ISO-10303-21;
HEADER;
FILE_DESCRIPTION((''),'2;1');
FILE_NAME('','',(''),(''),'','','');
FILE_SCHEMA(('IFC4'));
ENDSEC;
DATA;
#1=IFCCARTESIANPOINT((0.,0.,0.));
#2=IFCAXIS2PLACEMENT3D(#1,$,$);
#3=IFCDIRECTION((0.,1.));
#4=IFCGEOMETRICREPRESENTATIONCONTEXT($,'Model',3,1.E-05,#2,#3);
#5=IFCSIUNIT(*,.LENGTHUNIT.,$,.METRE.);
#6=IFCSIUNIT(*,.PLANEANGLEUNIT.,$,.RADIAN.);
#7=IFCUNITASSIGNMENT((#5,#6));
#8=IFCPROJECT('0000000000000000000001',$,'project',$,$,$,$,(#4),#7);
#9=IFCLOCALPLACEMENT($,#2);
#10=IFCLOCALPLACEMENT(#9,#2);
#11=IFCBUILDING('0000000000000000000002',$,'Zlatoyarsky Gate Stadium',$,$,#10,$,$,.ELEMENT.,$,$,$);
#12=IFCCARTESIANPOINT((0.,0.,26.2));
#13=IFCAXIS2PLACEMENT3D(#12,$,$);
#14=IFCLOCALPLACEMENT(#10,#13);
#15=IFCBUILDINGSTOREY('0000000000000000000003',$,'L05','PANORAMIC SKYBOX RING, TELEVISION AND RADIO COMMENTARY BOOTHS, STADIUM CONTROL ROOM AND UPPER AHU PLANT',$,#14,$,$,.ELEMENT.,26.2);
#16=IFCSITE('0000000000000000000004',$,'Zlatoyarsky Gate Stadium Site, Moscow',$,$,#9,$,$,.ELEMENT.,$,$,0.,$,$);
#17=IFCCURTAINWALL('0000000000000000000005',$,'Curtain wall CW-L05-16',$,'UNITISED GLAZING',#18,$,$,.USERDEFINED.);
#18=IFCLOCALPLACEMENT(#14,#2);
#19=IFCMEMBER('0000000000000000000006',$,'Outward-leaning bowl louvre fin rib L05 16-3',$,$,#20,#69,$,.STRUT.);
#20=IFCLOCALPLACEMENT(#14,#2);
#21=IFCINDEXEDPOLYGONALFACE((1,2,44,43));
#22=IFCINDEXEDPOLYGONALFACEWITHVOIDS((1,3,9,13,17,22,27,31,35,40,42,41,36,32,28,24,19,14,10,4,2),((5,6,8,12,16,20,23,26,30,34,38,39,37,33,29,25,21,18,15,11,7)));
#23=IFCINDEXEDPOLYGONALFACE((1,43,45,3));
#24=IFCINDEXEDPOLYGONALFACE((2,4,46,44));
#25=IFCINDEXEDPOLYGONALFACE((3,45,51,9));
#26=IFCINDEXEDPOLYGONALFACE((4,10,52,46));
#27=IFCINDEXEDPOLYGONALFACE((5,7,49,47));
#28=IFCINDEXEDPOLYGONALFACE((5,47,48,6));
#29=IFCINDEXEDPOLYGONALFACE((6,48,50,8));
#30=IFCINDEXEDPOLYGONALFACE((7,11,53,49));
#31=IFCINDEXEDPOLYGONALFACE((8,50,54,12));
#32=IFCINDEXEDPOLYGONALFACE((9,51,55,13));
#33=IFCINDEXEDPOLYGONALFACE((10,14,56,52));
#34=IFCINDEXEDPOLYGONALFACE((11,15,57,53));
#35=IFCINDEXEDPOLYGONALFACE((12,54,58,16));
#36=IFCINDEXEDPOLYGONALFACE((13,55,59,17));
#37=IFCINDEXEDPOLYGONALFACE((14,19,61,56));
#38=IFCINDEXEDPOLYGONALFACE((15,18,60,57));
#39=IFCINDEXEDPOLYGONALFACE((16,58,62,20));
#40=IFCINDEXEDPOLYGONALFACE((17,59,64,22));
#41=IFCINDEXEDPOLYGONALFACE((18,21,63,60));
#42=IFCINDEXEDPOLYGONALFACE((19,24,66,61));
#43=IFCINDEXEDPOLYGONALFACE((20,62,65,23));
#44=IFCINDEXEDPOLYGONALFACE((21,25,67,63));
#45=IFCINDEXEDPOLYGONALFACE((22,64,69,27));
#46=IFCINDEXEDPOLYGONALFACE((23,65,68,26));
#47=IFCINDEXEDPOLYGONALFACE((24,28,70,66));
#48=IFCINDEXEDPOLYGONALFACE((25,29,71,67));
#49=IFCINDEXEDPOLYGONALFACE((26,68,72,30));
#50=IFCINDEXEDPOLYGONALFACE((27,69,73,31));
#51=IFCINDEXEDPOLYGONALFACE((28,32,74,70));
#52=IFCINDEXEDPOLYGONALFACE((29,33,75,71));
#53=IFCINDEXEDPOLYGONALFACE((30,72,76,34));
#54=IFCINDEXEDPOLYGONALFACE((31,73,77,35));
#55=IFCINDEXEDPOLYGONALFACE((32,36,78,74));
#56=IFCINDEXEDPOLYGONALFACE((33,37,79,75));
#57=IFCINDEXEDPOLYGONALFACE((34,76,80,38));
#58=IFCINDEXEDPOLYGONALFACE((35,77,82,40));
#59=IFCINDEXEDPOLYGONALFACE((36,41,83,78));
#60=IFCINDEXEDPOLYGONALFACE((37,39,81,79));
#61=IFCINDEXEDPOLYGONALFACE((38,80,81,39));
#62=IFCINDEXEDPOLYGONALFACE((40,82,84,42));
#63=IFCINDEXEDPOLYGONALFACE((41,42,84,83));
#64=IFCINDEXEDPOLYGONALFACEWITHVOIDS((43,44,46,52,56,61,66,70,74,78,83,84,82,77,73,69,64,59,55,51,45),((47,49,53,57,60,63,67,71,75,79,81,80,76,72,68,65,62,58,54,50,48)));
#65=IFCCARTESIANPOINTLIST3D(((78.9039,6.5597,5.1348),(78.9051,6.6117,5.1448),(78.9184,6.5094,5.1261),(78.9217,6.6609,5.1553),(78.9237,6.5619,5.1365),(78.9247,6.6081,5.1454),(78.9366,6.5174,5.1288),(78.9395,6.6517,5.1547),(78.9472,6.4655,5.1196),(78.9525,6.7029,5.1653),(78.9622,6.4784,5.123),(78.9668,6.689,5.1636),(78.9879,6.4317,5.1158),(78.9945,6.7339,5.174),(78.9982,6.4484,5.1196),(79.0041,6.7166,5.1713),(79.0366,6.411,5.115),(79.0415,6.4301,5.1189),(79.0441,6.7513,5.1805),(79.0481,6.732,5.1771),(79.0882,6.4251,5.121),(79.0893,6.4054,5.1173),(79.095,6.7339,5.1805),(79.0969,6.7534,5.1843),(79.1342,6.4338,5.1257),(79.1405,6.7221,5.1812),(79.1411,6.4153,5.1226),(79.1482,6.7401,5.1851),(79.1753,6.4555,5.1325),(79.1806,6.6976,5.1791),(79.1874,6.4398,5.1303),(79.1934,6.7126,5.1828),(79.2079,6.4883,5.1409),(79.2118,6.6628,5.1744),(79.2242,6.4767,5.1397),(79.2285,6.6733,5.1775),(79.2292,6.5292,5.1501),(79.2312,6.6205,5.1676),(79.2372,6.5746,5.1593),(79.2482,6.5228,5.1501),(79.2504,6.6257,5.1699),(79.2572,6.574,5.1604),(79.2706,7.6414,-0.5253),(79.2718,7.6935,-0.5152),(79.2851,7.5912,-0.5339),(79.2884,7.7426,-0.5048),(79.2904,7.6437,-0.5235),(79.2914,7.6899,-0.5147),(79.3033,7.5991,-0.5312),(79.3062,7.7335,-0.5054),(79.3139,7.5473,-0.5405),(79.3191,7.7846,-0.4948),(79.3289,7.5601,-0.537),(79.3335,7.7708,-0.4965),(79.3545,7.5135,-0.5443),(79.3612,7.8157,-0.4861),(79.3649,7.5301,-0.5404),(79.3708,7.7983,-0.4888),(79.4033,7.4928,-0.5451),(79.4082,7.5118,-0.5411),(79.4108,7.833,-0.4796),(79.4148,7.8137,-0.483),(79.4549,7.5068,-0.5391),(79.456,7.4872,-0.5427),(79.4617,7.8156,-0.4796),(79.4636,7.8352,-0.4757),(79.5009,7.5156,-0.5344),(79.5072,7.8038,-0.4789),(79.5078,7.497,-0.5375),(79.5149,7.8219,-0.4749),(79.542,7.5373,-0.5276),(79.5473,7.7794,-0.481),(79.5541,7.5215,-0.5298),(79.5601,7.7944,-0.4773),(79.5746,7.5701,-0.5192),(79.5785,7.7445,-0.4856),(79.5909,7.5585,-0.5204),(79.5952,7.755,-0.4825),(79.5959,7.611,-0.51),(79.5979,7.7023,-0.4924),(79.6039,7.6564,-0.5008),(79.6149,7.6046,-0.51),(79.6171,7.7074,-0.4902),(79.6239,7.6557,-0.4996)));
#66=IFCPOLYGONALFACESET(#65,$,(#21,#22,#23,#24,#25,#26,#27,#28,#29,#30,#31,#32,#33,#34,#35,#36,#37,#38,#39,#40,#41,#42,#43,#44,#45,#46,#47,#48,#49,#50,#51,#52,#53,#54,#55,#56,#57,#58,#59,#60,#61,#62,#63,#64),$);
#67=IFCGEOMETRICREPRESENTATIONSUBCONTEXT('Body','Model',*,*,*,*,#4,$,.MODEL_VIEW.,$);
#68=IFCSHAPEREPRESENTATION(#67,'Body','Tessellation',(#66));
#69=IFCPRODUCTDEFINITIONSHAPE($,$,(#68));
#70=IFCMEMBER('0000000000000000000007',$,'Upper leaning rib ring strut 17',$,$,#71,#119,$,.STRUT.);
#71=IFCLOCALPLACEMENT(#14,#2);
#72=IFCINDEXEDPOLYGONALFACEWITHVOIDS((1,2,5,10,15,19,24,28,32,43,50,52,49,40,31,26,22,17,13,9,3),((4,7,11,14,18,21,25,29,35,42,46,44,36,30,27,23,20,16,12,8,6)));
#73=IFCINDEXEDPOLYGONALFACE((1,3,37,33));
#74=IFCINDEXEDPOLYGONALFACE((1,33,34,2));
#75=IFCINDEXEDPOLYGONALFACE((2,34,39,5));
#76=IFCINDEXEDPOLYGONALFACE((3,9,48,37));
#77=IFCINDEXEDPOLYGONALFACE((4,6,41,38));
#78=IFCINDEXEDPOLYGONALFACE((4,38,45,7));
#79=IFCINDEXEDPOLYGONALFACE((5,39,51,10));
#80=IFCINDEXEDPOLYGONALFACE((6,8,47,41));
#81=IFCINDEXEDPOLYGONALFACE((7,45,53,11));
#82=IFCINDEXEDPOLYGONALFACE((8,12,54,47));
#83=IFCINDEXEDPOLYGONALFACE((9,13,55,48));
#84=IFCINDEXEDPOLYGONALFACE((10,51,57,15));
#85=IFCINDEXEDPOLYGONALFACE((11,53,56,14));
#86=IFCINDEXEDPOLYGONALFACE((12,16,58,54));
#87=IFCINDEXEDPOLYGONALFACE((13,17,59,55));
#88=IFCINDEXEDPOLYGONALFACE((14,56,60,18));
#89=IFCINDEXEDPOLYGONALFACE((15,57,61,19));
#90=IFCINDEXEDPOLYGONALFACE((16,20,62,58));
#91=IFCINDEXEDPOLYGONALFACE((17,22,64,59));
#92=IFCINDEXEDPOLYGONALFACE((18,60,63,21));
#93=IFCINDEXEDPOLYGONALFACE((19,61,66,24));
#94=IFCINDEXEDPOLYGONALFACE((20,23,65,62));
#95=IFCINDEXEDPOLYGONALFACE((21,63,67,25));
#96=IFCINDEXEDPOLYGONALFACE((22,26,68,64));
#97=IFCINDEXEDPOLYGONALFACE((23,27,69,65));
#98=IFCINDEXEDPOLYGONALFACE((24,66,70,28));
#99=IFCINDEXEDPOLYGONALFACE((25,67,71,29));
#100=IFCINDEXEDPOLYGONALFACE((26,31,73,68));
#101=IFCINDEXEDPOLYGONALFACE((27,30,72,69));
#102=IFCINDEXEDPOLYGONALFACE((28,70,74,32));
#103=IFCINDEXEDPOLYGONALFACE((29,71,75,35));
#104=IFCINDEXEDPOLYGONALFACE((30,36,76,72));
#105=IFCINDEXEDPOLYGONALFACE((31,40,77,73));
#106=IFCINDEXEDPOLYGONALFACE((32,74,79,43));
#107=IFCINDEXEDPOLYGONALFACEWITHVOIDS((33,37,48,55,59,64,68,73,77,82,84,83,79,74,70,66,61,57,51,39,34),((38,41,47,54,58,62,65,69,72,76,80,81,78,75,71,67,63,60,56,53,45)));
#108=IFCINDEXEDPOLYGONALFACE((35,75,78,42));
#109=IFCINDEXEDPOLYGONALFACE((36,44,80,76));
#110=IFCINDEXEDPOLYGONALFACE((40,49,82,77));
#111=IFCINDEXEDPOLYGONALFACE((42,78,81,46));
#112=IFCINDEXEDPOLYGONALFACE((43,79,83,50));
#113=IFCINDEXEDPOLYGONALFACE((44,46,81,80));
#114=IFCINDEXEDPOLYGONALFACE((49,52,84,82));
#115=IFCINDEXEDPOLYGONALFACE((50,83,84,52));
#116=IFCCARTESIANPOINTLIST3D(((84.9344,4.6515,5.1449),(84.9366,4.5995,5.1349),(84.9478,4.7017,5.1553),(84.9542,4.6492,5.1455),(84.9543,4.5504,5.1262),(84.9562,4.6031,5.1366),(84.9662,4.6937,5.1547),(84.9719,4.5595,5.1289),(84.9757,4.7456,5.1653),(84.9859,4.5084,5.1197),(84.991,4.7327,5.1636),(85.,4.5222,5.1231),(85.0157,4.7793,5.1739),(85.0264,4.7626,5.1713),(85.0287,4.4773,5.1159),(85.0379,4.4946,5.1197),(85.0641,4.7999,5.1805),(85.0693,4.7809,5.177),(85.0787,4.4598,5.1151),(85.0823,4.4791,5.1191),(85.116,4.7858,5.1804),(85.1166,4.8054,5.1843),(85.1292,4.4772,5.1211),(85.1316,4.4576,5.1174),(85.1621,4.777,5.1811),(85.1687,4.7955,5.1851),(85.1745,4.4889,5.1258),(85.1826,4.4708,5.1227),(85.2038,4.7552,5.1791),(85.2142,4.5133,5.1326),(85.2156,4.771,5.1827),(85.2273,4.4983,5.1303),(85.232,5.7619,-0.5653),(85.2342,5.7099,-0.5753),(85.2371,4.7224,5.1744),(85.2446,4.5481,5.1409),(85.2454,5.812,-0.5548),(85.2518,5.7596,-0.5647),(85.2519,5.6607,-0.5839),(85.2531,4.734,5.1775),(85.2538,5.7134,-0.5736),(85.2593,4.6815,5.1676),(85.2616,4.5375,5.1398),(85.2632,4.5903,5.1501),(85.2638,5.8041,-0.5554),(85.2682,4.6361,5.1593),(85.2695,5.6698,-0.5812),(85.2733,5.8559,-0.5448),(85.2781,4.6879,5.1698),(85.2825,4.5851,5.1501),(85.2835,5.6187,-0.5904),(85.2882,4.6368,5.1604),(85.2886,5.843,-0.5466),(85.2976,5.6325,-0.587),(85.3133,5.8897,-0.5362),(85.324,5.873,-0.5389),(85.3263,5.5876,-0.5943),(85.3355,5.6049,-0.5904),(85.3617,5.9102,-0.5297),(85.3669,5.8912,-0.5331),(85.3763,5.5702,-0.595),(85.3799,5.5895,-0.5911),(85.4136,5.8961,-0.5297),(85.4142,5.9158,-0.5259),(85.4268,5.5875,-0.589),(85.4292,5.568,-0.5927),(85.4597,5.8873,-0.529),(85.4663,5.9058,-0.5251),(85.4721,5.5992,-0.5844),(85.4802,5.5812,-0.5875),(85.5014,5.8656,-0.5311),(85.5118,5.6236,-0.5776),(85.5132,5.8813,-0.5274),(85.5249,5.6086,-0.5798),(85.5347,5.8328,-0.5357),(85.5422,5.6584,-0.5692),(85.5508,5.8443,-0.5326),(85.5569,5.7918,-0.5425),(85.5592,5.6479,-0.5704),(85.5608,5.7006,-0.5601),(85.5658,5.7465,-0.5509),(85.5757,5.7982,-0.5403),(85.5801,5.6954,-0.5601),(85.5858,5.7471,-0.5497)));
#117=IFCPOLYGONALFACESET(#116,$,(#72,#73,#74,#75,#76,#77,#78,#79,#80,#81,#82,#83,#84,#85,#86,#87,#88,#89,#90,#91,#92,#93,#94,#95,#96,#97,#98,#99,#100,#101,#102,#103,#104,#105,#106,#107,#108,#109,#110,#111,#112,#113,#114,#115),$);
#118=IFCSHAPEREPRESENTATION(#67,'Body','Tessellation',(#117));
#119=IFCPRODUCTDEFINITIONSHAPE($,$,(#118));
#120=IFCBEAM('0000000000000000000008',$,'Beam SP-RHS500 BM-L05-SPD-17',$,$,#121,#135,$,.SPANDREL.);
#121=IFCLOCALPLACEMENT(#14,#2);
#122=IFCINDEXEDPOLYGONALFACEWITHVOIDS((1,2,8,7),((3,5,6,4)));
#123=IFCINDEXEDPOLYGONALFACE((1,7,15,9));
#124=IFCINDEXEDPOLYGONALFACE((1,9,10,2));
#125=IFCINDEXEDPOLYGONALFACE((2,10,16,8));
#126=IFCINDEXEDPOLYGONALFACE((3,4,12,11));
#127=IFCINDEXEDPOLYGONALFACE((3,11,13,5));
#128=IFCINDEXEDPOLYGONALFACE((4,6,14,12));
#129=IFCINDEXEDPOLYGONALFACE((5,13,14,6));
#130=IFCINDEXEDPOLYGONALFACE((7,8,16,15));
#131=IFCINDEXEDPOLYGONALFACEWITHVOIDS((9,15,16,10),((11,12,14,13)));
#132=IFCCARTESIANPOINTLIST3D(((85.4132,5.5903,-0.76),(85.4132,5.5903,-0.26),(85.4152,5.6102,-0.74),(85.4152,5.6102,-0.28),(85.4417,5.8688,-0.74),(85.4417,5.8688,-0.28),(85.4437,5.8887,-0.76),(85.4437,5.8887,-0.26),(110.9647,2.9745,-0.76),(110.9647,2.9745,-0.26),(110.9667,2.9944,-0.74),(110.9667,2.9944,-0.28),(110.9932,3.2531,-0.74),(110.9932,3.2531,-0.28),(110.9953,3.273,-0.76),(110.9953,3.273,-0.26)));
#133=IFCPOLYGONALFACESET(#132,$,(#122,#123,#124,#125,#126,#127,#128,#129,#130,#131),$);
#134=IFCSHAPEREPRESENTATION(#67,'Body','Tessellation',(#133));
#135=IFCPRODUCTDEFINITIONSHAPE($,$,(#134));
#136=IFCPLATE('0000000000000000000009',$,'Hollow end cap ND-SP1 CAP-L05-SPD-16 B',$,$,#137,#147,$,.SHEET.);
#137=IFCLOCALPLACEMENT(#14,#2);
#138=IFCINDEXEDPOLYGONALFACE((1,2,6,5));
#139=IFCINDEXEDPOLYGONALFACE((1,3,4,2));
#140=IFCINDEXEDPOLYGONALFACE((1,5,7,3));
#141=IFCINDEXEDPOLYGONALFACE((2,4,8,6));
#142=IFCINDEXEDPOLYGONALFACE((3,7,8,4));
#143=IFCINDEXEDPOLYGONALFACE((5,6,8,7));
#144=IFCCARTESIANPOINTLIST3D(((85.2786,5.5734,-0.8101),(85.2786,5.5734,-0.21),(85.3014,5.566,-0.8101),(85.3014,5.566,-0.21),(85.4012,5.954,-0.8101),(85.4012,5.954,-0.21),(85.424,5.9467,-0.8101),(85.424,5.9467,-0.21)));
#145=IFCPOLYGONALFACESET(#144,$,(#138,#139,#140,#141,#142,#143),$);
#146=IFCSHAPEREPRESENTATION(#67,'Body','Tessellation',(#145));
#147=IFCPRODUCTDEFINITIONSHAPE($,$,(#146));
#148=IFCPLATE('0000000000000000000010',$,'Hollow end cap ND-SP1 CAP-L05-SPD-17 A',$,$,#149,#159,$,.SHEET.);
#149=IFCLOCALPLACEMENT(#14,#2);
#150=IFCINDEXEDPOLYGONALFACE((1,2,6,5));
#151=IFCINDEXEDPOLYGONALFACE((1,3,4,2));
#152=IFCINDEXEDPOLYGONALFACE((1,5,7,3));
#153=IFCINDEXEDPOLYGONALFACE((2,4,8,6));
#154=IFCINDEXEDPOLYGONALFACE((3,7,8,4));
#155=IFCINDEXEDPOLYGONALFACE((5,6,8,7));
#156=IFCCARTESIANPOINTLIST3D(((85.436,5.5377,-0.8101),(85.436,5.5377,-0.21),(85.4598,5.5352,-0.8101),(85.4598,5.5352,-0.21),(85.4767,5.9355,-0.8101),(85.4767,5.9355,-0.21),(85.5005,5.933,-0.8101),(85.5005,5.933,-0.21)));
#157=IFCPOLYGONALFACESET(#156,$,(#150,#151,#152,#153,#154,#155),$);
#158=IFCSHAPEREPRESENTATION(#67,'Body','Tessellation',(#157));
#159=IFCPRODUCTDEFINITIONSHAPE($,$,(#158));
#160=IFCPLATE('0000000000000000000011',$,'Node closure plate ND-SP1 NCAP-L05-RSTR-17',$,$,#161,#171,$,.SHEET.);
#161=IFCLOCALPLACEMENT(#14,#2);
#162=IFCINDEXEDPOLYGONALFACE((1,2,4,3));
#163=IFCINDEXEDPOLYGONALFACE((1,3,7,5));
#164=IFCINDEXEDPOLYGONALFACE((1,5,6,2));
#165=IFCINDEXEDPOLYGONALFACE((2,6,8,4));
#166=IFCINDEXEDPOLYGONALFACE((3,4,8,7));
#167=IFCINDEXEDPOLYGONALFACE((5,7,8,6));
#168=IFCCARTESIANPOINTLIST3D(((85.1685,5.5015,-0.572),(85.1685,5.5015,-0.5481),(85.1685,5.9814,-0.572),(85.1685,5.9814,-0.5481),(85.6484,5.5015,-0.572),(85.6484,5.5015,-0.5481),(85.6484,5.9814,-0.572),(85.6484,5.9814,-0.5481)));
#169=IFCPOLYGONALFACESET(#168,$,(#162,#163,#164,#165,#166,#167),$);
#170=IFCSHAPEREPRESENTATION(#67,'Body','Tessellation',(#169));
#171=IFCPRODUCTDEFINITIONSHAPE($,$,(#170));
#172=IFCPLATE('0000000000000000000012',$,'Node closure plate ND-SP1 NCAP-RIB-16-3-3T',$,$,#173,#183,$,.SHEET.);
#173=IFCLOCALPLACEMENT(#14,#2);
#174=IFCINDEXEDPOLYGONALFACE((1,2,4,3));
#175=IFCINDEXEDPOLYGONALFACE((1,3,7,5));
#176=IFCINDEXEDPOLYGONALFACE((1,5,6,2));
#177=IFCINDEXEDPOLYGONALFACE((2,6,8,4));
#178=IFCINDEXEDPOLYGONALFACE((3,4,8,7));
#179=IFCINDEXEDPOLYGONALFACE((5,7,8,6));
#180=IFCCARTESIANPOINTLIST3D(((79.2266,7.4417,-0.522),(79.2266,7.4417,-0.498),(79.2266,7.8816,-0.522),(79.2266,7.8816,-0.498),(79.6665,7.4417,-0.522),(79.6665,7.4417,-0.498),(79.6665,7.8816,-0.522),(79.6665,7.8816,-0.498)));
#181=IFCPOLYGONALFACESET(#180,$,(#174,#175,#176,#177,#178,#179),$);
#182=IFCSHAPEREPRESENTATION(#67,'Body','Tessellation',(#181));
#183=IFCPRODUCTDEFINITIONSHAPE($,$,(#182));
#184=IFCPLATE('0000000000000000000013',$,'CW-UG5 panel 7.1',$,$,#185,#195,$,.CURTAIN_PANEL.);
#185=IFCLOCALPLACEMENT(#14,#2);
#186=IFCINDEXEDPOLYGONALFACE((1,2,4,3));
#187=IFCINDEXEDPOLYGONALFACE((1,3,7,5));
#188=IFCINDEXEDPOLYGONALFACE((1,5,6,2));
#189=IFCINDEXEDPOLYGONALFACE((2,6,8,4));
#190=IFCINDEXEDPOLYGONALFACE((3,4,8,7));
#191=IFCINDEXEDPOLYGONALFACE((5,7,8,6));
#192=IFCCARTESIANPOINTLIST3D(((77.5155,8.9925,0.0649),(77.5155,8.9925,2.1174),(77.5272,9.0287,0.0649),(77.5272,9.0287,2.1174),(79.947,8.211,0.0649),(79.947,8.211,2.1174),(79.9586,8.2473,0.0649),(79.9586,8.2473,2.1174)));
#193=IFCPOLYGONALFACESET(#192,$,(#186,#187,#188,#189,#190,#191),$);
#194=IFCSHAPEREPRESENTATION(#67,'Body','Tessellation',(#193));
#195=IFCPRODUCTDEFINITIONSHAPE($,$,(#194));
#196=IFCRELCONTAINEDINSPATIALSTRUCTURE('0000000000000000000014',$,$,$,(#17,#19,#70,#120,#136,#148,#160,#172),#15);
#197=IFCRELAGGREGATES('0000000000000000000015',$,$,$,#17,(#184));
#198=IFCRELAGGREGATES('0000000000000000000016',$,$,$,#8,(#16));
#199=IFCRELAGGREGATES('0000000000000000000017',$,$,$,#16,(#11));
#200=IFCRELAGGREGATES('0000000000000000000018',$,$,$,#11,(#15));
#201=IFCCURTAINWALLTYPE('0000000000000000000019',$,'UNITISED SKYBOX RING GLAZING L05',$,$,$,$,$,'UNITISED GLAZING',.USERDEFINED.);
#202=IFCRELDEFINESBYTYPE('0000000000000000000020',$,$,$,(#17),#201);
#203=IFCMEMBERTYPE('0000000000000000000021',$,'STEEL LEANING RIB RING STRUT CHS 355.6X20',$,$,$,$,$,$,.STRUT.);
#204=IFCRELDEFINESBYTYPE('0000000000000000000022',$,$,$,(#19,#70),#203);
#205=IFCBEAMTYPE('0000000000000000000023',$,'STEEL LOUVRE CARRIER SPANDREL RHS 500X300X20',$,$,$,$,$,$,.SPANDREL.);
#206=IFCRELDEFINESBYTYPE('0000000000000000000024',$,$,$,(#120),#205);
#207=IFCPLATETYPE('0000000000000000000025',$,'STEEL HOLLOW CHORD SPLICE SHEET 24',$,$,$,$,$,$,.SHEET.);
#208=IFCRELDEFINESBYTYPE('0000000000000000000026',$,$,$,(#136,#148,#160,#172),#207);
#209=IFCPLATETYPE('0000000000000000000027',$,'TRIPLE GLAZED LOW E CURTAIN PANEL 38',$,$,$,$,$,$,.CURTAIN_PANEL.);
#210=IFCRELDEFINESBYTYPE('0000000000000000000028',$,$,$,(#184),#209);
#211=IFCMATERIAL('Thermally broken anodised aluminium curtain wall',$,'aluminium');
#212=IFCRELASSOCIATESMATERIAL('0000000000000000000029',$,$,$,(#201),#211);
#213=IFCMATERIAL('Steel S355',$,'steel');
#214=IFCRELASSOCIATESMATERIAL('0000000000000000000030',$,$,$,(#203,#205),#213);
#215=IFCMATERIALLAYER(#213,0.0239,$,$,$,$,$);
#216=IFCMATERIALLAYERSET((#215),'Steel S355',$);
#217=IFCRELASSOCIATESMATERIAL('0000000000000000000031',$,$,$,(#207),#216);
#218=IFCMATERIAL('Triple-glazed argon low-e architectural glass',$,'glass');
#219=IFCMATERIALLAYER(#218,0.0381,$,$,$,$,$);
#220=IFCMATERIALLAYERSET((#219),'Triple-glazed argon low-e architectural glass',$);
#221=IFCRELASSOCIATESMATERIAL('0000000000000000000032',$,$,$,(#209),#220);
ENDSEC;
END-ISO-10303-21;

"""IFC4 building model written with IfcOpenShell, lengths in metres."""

from ifc_helpers import new_model, si_unit, direction, frame, origin, origin_2d, place, context, subcontext, project, spatial, rectangle, hollow_rectangle, hollow_circle, extrude, material, layer, layer_set, material_profile, profile_set, type_object, element, aggregate, save


model = new_model("IFC4")

# Units and contexts
model_context = context("Model", 3, precision=1e-05, world=origin(), true_north=direction((0.0, 1.0)))
body_context = subcontext(model_context, "Body", "Model", "MODEL_VIEW")
ifc_project = project(units=[si_unit("LENGTHUNIT", "METRE"), si_unit("PLANEANGLEUNIT", "RADIAN")], contexts=[model_context])

# Site, building, storey
site_placement = place(None, origin())
site = spatial("IfcSite", under=ifc_project, at=site_placement, Name="Zlatoyarsky Gate Stadium Site, Moscow", CompositionType="ELEMENT", RefElevation=0.0)
building_placement = place(site_placement, origin())
building = spatial("IfcBuilding", under=site, at=building_placement, Name="Zlatoyarsky Gate Stadium", CompositionType="ELEMENT")
storey_placement = place(building_placement, frame((0.0, 0.0, 26.2)))
storey = spatial("IfcBuildingStorey", under=building, at=storey_placement, Name="L05", Description="PANORAMIC SKYBOX RING, TELEVISION AND RADIO COMMENTARY BOOTHS, STADIUM CONTROL ROOM AND UPPER AHU PLANT", CompositionType="ELEMENT", Elevation=26.2)

# Curtain wall
ifc_material_1 = material(Name="Thermally broken anodised aluminium curtain wall", Category="aluminium")
curtain_wall_type = type_object("IfcCurtainWallType", Name="UNITISED SKYBOX RING GLAZING L05", ElementType="UNITISED GLAZING", PredefinedType="USERDEFINED", material=ifc_material_1)
curtain_wall_1_placement = place(storey_placement, origin())
curtain_wall_1 = element("IfcCurtainWall", 1, at=curtain_wall_1_placement, inside=storey, type_object=curtain_wall_type, Name="Curtain wall CW-L05-16", ObjectType="UNITISED GLAZING", PredefinedType="USERDEFINED")

# Members
ifc_material_2 = material(Name="Steel S355", Category="steel")
ifc_material_profile_1 = material_profile(ifc_material_2, hollow_circle(Radius=0.1777, WallThickness=0.02, at=origin_2d()), Name="CHS 355.6X20")
ifc_profile_set_1 = profile_set([ifc_material_profile_1], Name="Steel S355")
member_type_1 = type_object("IfcMemberType", Name="STEEL LEANING RIB RING STRUT CHS 355.6X20", PredefinedType="STRUT", material=ifc_profile_set_1)
member_1_placement = place(storey_placement, frame((79.4465, 7.6616, -0.51), z_axis=(-0.063506, -0.187346, 0.980239), x_axis=(0.947068, -0.321033, 0.0)))
element("IfcMember", 2, at=member_1_placement, inside=storey, type_object=member_type_1, Name="Outward-leaning bowl louvre fin rib L05 16-3", PredefinedType="STRUT", context=body_context, shape_type="SweptSolid", body=[
    extrude(hollow_circle(Radius=0.1777, WallThickness=0.02, at=origin_2d()), origin(), (0.0, 0.0, 1.0), 5.7742),
])
member_2_placement = place(storey_placement, frame((85.4084, 5.7415, -0.5601), z_axis=(-0.051093, -0.190626, 0.980332), x_axis=(0.965906, -0.258892, 0.0)))
element("IfcMember", 3, at=member_2_placement, inside=storey, type_object=member_type_1, Name="Upper leaning rib ring strut 17", PredefinedType="STRUT", context=body_context, shape_type="SweptSolid", body=[
    extrude(hollow_circle(Radius=0.1777, WallThickness=0.02, at=origin_2d()), origin(), (0.0, 0.0, 1.0), 5.8247),
])

# Beam
ifc_material_profile_2 = material_profile(ifc_material_2, hollow_rectangle(XDim=0.3, YDim=0.5, WallThickness=0.02, at=origin_2d()), Name="RHS 500X300X20")
ifc_profile_set_2 = profile_set([ifc_material_profile_2], Name="Steel S355")
beam_type = type_object("IfcBeamType", Name="STEEL LOUVRE CARRIER SPANDREL RHS 500X300X20", PredefinedType="SPANDREL", material=ifc_profile_set_2)
beam_placement = place(storey_placement, frame((85.4285, 5.7395, -0.51), z_axis=(0.994801, -0.101838, 0.0), x_axis=(0.101838, 0.994801, 0.0)))
element("IfcBeam", 4, at=beam_placement, inside=storey, type_object=beam_type, Name="Beam SP-RHS500 BM-L05-SPD-17", PredefinedType="SPANDREL", context=body_context, shape_type="SweptSolid", body=[
    extrude(hollow_rectangle(XDim=0.3, YDim=0.5, WallThickness=0.02, at=origin_2d()), origin(), (0.0, 0.0, 1.0), 25.6851),
])

# Plates
ifc_layer_1 = layer(ifc_material_2, 0.0239)
ifc_layer_set_1 = layer_set([ifc_layer_1], Name="Steel S355")
plate_type_1 = type_object("IfcPlateType", Name="STEEL HOLLOW CHORD SPLICE SHEET 24", PredefinedType="SHEET", material=ifc_layer_set_1)
for number, where, z_axis, x_axis, name in (
    (5, (85.3513, 5.76, -0.8101), (0.0, 0.0, 1.0), (0.951856, -0.306545, 0.0), "Hollow end cap ND-SP1 CAP-L05-SPD-16 B"),
    (6, (85.4683, 5.7354, -0.8101), (0.0, 0.0, 1.0), (0.994802, -0.10183, 0.0), "Hollow end cap ND-SP1 CAP-L05-SPD-17 A"),
):
    element("IfcPlate", number, at=place(storey_placement, frame(where, z_axis=z_axis, x_axis=x_axis)), inside=storey, type_object=plate_type_1, Name=name, PredefinedType="SHEET", context=body_context, shape_type="SweptSolid", body=[
        extrude(rectangle(XDim=0.0239, YDim=0.3999, at=origin_2d()), origin(), (0.0, 0.0, 1.0), 0.6001),
    ])
plate_1_placement = place(storey_placement, frame((85.4084, 5.7415, -0.572), z_axis=(0.0, 0.0, 1.0), x_axis=(1.0, 0.0, 0.0)))
element("IfcPlate", 7, at=plate_1_placement, inside=storey, type_object=plate_type_1, Name="Node closure plate ND-SP1 NCAP-L05-RSTR-17", PredefinedType="SHEET", context=body_context, shape_type="SweptSolid", body=[
    extrude(rectangle(XDim=0.48, YDim=0.48, at=origin_2d()), origin(), (0.0, 0.0, 1.0), 0.0239),
])
plate_2_placement = place(storey_placement, frame((79.4465, 7.6616, -0.522), z_axis=(0.0, 0.0, 1.0), x_axis=(1.0, 0.0, 0.0)))
element("IfcPlate", 8, at=plate_2_placement, inside=storey, type_object=plate_type_1, Name="Node closure plate ND-SP1 NCAP-RIB-16-3-3T", PredefinedType="SHEET", context=body_context, shape_type="SweptSolid", body=[
    extrude(rectangle(XDim=0.4399, YDim=0.4399, at=origin_2d()), origin(), (0.0, 0.0, 1.0), 0.0239),
])

# Plate
ifc_material_3 = material(Name="Triple-glazed argon low-e architectural glass", Category="glass")
ifc_layer_2 = layer(ifc_material_3, 0.0381)
ifc_layer_set_2 = layer_set([ifc_layer_2], Name="Triple-glazed argon low-e architectural glass")
plate_type_2 = type_object("IfcPlateType", Name="TRIPLE GLAZED LOW E CURTAIN PANEL 38", PredefinedType="CURTAIN_PANEL", material=ifc_layer_set_2)
plate_3_placement = place(storey_placement, frame((78.7371, 8.6199, 0.0649), z_axis=(0.0, 0.0, 1.0), x_axis=(0.952039, -0.305978, 0.0)))
plate_3 = element("IfcPlate", 9, at=plate_3_placement, type_object=plate_type_2, Name="CW-UG5 panel 7.1", PredefinedType="CURTAIN_PANEL", context=body_context, shape_type="SweptSolid", body=[
    extrude(rectangle(XDim=2.554, YDim=0.0381, at=origin_2d()), origin(), (0.0, 0.0, 1.0), 2.0525),
])
aggregate(curtain_wall_1, [plate_3])

save(model, "model.ifc")
